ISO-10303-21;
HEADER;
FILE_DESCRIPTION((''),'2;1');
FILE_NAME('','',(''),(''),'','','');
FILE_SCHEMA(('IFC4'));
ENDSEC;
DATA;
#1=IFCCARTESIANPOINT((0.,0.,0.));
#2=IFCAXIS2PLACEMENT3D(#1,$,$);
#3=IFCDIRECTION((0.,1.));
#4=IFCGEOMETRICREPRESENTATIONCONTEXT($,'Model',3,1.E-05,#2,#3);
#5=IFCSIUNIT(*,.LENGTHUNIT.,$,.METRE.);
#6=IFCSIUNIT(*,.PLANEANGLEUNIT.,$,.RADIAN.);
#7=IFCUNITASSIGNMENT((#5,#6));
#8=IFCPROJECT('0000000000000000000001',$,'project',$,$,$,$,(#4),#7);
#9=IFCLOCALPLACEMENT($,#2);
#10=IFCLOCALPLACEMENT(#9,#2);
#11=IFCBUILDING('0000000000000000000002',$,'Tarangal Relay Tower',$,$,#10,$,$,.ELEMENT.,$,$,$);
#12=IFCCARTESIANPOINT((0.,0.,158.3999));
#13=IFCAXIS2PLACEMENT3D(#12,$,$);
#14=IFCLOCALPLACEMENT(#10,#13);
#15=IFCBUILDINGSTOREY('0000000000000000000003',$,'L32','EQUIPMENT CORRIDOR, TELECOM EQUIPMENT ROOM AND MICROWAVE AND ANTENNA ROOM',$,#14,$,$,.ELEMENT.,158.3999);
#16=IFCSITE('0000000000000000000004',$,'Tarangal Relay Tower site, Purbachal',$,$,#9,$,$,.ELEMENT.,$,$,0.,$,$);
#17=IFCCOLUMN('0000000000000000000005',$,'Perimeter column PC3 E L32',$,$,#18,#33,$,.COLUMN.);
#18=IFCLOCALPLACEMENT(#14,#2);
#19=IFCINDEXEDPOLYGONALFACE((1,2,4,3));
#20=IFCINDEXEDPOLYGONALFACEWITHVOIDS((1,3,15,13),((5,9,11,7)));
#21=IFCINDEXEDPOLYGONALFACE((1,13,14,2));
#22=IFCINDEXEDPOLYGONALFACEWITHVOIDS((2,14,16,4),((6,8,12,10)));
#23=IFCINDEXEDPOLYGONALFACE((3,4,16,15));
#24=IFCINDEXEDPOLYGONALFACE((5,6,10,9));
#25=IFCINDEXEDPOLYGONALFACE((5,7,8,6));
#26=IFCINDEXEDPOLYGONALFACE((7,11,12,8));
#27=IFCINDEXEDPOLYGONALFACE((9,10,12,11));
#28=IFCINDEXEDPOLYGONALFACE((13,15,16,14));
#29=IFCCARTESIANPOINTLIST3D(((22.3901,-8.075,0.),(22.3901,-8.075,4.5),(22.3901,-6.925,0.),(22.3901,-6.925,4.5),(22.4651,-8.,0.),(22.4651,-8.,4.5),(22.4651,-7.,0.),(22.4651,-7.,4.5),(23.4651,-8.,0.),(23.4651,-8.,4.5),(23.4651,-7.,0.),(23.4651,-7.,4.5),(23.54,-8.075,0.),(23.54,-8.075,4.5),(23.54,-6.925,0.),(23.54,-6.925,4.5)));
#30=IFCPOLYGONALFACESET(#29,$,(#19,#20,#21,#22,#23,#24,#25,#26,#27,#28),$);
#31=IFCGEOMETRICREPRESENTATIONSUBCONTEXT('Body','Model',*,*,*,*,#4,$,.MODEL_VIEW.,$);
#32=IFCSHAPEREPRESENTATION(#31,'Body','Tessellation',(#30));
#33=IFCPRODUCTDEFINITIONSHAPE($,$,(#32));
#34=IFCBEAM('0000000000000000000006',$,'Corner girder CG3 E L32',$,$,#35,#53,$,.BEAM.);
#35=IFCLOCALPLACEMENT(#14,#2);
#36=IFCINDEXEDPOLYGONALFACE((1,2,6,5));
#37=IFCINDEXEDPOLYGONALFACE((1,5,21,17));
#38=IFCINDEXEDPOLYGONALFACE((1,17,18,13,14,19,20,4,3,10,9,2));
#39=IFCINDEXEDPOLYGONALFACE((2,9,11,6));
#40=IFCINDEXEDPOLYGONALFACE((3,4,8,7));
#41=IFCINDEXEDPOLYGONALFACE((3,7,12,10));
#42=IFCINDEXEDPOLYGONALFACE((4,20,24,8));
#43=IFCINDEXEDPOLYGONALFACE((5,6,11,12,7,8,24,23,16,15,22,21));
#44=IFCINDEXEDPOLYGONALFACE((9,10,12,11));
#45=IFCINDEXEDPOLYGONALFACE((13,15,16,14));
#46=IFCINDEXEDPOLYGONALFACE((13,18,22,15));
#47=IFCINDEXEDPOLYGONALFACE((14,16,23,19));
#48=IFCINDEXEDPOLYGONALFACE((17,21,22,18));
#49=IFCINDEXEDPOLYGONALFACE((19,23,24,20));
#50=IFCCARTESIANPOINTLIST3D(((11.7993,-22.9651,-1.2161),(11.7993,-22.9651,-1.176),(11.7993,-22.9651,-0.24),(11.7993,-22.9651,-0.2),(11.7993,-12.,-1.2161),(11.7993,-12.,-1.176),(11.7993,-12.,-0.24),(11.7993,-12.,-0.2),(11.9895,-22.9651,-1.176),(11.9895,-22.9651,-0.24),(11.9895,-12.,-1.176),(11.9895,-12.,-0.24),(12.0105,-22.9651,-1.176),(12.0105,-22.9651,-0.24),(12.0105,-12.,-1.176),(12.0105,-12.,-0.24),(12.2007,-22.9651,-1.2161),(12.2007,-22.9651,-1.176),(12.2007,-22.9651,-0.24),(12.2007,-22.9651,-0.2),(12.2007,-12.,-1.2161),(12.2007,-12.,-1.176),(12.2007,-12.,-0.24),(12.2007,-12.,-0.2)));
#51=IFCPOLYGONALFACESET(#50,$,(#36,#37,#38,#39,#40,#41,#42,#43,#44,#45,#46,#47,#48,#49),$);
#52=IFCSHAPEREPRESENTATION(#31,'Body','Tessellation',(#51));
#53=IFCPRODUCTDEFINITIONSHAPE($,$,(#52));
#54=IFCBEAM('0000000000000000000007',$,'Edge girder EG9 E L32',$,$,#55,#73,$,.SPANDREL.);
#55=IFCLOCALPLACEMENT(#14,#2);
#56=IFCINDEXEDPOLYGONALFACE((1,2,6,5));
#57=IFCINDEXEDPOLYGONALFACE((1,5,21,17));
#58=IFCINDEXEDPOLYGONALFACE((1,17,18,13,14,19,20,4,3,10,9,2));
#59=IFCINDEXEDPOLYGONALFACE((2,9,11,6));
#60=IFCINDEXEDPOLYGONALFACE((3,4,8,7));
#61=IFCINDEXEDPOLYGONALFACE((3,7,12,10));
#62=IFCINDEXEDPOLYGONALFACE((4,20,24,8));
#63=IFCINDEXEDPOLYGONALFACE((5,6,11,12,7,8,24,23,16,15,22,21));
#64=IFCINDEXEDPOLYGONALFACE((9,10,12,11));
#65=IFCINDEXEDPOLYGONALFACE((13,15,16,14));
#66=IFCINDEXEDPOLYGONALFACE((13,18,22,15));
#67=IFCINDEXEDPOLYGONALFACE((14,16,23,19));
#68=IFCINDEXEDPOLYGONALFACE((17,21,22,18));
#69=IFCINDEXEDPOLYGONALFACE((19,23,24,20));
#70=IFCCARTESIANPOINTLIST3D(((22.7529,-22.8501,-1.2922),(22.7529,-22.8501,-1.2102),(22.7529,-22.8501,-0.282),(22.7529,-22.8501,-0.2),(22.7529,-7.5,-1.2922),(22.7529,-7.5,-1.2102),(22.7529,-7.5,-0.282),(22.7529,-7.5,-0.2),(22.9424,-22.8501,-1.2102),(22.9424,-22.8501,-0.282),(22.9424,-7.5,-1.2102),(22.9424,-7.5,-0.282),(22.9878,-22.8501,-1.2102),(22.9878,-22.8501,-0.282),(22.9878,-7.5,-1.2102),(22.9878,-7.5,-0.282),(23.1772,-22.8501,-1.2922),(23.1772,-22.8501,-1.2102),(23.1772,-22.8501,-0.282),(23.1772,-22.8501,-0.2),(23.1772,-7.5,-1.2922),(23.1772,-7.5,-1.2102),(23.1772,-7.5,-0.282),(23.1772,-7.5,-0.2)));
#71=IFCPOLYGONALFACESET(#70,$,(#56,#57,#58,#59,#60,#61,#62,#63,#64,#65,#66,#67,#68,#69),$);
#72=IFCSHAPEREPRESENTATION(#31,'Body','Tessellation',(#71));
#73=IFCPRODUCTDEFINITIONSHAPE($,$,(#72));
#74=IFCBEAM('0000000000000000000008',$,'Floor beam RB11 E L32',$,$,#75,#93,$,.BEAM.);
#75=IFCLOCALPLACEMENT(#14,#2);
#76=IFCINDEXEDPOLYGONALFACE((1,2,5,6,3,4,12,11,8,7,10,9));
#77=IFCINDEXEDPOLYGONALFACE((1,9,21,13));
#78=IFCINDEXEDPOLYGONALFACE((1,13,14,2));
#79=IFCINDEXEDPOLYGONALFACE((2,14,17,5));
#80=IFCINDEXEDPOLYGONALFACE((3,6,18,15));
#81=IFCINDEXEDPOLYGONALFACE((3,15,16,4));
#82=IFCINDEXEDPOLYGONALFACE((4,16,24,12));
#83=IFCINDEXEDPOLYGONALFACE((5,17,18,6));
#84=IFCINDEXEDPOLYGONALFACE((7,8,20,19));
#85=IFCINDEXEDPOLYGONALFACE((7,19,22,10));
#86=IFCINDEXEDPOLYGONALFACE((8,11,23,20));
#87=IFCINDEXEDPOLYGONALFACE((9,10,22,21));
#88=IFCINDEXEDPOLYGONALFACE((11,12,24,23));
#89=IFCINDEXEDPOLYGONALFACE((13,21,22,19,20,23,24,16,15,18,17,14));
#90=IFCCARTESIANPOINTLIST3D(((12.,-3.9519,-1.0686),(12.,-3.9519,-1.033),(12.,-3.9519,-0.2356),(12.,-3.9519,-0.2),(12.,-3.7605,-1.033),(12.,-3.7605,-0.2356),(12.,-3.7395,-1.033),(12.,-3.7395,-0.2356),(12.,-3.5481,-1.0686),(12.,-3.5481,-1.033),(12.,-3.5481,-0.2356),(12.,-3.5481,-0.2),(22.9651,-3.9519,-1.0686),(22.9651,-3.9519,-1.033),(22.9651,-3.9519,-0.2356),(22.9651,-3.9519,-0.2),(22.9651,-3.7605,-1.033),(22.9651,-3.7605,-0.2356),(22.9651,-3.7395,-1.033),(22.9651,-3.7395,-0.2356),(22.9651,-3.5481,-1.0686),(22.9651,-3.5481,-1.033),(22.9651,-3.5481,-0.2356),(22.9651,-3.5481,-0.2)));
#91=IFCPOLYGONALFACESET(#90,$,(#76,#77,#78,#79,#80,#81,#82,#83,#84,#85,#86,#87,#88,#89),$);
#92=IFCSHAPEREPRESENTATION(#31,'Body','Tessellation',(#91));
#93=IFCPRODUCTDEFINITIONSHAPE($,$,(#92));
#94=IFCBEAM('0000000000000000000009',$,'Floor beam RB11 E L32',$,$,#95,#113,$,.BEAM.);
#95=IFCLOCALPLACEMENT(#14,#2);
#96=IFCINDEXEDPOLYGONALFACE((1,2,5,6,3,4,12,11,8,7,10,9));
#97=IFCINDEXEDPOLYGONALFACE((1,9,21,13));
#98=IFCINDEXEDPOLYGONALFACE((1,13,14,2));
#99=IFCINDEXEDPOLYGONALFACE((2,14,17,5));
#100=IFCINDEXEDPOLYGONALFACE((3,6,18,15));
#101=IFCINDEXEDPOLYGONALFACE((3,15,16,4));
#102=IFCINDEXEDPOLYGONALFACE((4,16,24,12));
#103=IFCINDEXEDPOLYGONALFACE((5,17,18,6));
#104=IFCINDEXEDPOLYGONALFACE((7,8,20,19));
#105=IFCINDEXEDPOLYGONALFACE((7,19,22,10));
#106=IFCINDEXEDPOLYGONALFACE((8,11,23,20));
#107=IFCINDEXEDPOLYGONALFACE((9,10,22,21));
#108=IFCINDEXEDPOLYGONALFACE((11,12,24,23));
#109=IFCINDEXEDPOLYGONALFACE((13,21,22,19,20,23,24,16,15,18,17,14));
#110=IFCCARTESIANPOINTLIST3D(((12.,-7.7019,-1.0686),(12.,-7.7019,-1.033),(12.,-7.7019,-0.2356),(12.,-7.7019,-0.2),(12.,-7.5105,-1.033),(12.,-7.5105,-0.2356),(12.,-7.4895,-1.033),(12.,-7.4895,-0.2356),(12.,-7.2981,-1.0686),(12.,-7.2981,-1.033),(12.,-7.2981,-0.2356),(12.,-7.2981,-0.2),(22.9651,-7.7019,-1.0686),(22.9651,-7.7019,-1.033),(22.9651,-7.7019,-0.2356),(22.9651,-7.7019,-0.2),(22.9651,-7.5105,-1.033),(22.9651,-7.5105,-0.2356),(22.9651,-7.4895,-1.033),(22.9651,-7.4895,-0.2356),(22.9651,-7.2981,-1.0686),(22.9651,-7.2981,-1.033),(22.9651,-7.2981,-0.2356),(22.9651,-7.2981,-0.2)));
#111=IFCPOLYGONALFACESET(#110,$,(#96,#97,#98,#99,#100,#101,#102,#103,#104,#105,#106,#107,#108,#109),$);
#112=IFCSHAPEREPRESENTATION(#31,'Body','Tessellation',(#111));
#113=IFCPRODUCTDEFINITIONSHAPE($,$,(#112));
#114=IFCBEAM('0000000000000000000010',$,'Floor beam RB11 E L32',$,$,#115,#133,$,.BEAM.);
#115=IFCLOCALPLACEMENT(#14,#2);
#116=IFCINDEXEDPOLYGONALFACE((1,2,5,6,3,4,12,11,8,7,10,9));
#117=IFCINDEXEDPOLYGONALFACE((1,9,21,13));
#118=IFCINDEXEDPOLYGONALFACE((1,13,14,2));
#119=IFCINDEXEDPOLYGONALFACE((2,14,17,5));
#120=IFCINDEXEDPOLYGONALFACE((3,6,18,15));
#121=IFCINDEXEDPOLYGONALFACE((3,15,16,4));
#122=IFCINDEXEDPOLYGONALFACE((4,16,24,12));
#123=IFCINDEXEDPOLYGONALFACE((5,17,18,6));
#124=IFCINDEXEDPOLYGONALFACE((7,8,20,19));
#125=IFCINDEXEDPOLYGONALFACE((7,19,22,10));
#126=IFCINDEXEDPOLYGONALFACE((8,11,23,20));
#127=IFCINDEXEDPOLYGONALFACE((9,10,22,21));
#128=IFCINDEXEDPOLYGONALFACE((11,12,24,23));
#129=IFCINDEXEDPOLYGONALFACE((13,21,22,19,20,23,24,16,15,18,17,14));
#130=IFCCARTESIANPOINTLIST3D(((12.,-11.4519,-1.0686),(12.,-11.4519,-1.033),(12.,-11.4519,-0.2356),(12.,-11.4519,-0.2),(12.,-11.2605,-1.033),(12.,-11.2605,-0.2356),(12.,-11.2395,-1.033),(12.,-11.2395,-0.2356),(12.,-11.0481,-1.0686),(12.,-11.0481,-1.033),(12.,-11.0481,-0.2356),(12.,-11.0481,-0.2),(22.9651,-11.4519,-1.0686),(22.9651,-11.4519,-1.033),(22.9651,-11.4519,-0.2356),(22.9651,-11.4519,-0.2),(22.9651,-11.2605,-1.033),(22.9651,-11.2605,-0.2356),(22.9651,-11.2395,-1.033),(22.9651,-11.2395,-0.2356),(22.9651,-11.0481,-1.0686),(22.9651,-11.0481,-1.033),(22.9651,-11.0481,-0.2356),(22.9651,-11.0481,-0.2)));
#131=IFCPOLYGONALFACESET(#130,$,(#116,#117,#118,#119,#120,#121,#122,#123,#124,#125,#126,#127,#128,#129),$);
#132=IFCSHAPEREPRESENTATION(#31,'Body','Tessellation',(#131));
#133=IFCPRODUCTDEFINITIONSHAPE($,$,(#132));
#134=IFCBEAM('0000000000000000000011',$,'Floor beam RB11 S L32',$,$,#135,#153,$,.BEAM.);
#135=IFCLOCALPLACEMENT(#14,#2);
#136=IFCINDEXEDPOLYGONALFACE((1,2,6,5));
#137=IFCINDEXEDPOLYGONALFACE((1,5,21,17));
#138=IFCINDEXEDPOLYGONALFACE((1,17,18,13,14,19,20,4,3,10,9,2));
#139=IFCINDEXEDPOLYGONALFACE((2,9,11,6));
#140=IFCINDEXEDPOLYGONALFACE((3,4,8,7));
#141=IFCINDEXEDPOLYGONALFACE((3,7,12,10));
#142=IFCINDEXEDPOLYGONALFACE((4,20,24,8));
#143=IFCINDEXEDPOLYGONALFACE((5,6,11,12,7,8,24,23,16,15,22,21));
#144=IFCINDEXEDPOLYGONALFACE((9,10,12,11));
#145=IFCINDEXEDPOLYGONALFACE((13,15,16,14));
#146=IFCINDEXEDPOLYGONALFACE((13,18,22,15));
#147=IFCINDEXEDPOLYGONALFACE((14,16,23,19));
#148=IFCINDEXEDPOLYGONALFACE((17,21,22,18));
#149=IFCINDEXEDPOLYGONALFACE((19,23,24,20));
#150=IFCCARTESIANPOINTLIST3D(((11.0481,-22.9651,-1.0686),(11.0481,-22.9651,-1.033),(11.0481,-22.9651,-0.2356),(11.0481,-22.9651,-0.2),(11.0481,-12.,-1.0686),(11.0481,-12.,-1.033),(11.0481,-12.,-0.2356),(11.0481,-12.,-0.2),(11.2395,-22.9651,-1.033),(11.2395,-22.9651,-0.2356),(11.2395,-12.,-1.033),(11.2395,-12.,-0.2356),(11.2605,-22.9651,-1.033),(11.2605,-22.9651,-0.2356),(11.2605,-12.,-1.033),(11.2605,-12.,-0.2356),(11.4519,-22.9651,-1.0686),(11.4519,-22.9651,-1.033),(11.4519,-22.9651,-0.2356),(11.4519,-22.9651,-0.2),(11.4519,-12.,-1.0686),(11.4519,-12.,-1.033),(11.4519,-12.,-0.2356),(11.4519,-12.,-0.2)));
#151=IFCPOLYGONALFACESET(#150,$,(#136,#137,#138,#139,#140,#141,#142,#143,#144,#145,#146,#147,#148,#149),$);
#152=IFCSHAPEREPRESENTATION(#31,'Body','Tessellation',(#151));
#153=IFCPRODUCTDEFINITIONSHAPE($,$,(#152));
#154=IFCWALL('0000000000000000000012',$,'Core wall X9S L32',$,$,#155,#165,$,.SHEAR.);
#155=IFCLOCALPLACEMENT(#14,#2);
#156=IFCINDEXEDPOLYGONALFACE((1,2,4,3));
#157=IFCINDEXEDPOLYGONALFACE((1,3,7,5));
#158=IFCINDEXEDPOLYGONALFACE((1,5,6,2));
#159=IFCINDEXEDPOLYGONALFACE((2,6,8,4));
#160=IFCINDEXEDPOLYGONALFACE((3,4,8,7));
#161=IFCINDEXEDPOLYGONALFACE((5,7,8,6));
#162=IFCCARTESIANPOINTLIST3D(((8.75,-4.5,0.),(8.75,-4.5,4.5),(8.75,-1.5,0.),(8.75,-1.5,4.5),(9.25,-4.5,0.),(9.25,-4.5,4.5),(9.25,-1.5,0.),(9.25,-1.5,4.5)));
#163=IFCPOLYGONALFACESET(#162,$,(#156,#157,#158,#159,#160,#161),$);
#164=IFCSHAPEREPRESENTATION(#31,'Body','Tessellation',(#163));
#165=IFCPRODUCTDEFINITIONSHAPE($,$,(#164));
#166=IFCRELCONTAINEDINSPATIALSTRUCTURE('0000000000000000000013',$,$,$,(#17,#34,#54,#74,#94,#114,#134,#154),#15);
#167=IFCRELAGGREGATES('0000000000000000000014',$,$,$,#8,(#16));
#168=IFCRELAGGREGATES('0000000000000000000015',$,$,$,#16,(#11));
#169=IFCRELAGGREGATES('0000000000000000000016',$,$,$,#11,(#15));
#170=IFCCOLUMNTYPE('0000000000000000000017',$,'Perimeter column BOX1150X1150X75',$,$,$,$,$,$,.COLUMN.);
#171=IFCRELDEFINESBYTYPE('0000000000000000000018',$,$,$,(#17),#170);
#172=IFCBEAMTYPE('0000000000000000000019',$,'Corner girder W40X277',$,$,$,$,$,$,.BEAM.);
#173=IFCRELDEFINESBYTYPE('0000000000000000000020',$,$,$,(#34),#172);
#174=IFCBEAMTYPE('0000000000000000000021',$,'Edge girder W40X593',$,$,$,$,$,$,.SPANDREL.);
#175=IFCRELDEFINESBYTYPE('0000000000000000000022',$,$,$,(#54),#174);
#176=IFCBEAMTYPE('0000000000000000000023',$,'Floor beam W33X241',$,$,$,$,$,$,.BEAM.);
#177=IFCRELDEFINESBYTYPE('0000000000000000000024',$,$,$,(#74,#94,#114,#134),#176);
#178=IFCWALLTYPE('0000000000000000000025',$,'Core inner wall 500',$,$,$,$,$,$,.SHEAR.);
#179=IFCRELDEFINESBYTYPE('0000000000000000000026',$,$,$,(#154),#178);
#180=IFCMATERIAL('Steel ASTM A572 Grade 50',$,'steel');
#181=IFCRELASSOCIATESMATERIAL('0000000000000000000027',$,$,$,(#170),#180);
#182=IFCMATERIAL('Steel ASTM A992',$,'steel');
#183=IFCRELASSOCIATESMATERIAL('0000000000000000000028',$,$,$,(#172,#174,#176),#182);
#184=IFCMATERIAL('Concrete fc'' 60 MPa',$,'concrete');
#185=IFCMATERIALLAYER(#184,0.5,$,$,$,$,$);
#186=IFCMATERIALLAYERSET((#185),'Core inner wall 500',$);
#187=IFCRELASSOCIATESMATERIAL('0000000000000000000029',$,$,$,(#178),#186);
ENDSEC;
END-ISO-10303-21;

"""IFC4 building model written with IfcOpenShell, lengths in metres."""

from ifc_helpers import new_model, si_unit, direction, frame, frame_2d, origin, origin_2d, place, context, subcontext, project, spatial, rectangle, hollow_rectangle, i_section, extrude, material, layer, layer_set, material_profile, profile_set, type_object, element, save


model = new_model("IFC4")

# Units and contexts
model_context = context("Model", 3, precision=1e-05, world=origin(), true_north=direction((0.0, 1.0)))
body_context = subcontext(model_context, "Body", "Model", "MODEL_VIEW")
ifc_project = project(units=[si_unit("LENGTHUNIT", "METRE"), si_unit("PLANEANGLEUNIT", "RADIAN")], contexts=[model_context])

# Site, building, storey
site_placement = place(None, origin())
site = spatial("IfcSite", under=ifc_project, at=site_placement, Name="Tarangal Relay Tower site, Purbachal", CompositionType="ELEMENT", RefElevation=0.0)
building_placement = place(site_placement, origin())
building = spatial("IfcBuilding", under=site, at=building_placement, Name="Tarangal Relay Tower", CompositionType="ELEMENT")
storey_placement = place(building_placement, frame((0.0, 0.0, 158.3999)))
storey = spatial("IfcBuildingStorey", under=building, at=storey_placement, Name="L32", Description="EQUIPMENT CORRIDOR, TELECOM EQUIPMENT ROOM AND MICROWAVE AND ANTENNA ROOM", CompositionType="ELEMENT", Elevation=158.3999)

# Column
ifc_material_1 = material(Name="Steel ASTM A572 Grade 50", Category="steel")
ifc_material_profile_1 = material_profile(ifc_material_1, hollow_rectangle(XDim=1.1499, YDim=1.1499, WallThickness=0.075, at=origin_2d()), Name="BOX1150X1150X75")
ifc_profile_set_1 = profile_set([ifc_material_profile_1], Name="Steel ASTM A572 Grade 50")
column_type = type_object("IfcColumnType", Name="Perimeter column BOX1150X1150X75", PredefinedType="COLUMN", material=ifc_profile_set_1)
column_placement = place(storey_placement, frame((22.9651, -7.5, 0.0), z_axis=(0.0, 0.0, 1.0), x_axis=(1.0, 0.0, 0.0)))
element("IfcColumn", 1, at=column_placement, inside=storey, type_object=column_type, Name="Perimeter column PC3 E L32", PredefinedType="COLUMN", context=body_context, shape_type="SweptSolid", body=[
    extrude(hollow_rectangle(XDim=1.1499, YDim=1.1499, WallThickness=0.075, at=origin_2d()), origin(), (0.0, 0.0, 1.0), 4.5),
])

# Beams
ifc_material_2 = material(Name="Steel ASTM A992", Category="steel")
ifc_material_profile_2 = material_profile(ifc_material_2, i_section(OverallWidth=0.4014, OverallDepth=1.0161, WebThickness=0.021, FlangeThickness=0.04, at=origin_2d()), Name="W40X277")
ifc_profile_set_2 = profile_set([ifc_material_profile_2], Name="Steel ASTM A992")
beam_type_1 = type_object("IfcBeamType", Name="Corner girder W40X277", PredefinedType="BEAM", material=ifc_profile_set_2)
beam_1_placement = place(storey_placement, frame((12.0, -12.0, -0.708), z_axis=(0.0, -1.0, 0.0), x_axis=(1.0, 0.0, 0.0)))
element("IfcBeam", 2, at=beam_1_placement, inside=storey, type_object=beam_type_1, Name="Corner girder CG3 E L32", PredefinedType="BEAM", context=body_context, shape_type="SweptSolid", body=[
    extrude(i_section(OverallWidth=0.4014, OverallDepth=1.0161, WebThickness=0.021, FlangeThickness=0.04, at=origin_2d()), origin(), (0.0, 0.0, 1.0), 10.9651),
])
ifc_material_profile_3 = material_profile(ifc_material_2, i_section(OverallWidth=0.4243, OverallDepth=1.0923, WebThickness=0.0454, FlangeThickness=0.082, at=origin_2d()), Name="W40X593")
ifc_profile_set_3 = profile_set([ifc_material_profile_3], Name="Steel ASTM A992")
beam_type_2 = type_object("IfcBeamType", Name="Edge girder W40X593", PredefinedType="SPANDREL", material=ifc_profile_set_3)
beam_2_placement = place(storey_placement, frame((22.9651, -7.5, -0.7461), z_axis=(0.0, -1.0, 0.0), x_axis=(1.0, 0.0, 0.0)))
element("IfcBeam", 3, at=beam_2_placement, inside=storey, type_object=beam_type_2, Name="Edge girder EG9 E L32", PredefinedType="SPANDREL", context=body_context, shape_type="SweptSolid", body=[
    extrude(i_section(OverallWidth=0.4243, OverallDepth=1.0923, WebThickness=0.0454, FlangeThickness=0.082, at=origin_2d()), origin(), (0.0, 0.0, 1.0), 15.3501),
])
ifc_material_profile_4 = material_profile(ifc_material_2, i_section(OverallWidth=0.4038, OverallDepth=0.8687, WebThickness=0.021, FlangeThickness=0.0356, at=origin_2d()), Name="W33X241")
ifc_profile_set_4 = profile_set([ifc_material_profile_4], Name="Steel ASTM A992")
beam_type_3 = type_object("IfcBeamType", Name="Floor beam W33X241", PredefinedType="BEAM", material=ifc_profile_set_4)
for number, where, z_axis, x_axis, name in (
    (4, (12.0, -3.75, -0.6343), (1.0, 0.0, 0.0), (0.0, 1.0, 0.0), "Floor beam RB11 E L32"),
    (5, (12.0, -7.5, -0.6343), (1.0, 0.0, 0.0), (0.0, 1.0, 0.0), "Floor beam RB11 E L32"),
    (6, (12.0, -11.25, -0.6343), (1.0, 0.0, 0.0), (0.0, 1.0, 0.0), "Floor beam RB11 E L32"),
    (7, (11.25, -12.0, -0.6343), (0.0, -1.0, 0.0), (1.0, 0.0, 0.0), "Floor beam RB11 S L32"),
):
    element("IfcBeam", number, at=place(storey_placement, frame(where, z_axis=z_axis, x_axis=x_axis)), inside=storey, type_object=beam_type_3, Name=name, PredefinedType="BEAM", context=body_context, shape_type="SweptSolid", body=[
        extrude(i_section(OverallWidth=0.4038, OverallDepth=0.8687, WebThickness=0.021, FlangeThickness=0.0356, at=origin_2d()), origin(), (0.0, 0.0, 1.0), 10.9651),
    ])

# Wall
ifc_material_3 = material(Name="Concrete fc' 60 MPa", Category="concrete")
ifc_layer_1 = layer(ifc_material_3, 0.5)
ifc_layer_set_1 = layer_set([ifc_layer_1], Name="Core inner wall 500")
wall_type_1 = type_object("IfcWallType", Name="Core inner wall 500", PredefinedType="SHEAR", material=ifc_layer_set_1)
wall_1_placement = place(storey_placement, frame((9.0, -4.5, 0.0), z_axis=(0.0, 0.0, 1.0), x_axis=(0.0, 1.0, 0.0)))
element("IfcWall", 8, at=wall_1_placement, inside=storey, type_object=wall_type_1, Name="Core wall X9S L32", PredefinedType="SHEAR", context=body_context, shape_type="SweptSolid", body=[
    extrude(rectangle(XDim=3.0, YDim=0.5, at=frame_2d((1.5, 0.0))), origin(), (0.0, 0.0, 1.0), 4.5),
])

save(model, "model.ifc")
